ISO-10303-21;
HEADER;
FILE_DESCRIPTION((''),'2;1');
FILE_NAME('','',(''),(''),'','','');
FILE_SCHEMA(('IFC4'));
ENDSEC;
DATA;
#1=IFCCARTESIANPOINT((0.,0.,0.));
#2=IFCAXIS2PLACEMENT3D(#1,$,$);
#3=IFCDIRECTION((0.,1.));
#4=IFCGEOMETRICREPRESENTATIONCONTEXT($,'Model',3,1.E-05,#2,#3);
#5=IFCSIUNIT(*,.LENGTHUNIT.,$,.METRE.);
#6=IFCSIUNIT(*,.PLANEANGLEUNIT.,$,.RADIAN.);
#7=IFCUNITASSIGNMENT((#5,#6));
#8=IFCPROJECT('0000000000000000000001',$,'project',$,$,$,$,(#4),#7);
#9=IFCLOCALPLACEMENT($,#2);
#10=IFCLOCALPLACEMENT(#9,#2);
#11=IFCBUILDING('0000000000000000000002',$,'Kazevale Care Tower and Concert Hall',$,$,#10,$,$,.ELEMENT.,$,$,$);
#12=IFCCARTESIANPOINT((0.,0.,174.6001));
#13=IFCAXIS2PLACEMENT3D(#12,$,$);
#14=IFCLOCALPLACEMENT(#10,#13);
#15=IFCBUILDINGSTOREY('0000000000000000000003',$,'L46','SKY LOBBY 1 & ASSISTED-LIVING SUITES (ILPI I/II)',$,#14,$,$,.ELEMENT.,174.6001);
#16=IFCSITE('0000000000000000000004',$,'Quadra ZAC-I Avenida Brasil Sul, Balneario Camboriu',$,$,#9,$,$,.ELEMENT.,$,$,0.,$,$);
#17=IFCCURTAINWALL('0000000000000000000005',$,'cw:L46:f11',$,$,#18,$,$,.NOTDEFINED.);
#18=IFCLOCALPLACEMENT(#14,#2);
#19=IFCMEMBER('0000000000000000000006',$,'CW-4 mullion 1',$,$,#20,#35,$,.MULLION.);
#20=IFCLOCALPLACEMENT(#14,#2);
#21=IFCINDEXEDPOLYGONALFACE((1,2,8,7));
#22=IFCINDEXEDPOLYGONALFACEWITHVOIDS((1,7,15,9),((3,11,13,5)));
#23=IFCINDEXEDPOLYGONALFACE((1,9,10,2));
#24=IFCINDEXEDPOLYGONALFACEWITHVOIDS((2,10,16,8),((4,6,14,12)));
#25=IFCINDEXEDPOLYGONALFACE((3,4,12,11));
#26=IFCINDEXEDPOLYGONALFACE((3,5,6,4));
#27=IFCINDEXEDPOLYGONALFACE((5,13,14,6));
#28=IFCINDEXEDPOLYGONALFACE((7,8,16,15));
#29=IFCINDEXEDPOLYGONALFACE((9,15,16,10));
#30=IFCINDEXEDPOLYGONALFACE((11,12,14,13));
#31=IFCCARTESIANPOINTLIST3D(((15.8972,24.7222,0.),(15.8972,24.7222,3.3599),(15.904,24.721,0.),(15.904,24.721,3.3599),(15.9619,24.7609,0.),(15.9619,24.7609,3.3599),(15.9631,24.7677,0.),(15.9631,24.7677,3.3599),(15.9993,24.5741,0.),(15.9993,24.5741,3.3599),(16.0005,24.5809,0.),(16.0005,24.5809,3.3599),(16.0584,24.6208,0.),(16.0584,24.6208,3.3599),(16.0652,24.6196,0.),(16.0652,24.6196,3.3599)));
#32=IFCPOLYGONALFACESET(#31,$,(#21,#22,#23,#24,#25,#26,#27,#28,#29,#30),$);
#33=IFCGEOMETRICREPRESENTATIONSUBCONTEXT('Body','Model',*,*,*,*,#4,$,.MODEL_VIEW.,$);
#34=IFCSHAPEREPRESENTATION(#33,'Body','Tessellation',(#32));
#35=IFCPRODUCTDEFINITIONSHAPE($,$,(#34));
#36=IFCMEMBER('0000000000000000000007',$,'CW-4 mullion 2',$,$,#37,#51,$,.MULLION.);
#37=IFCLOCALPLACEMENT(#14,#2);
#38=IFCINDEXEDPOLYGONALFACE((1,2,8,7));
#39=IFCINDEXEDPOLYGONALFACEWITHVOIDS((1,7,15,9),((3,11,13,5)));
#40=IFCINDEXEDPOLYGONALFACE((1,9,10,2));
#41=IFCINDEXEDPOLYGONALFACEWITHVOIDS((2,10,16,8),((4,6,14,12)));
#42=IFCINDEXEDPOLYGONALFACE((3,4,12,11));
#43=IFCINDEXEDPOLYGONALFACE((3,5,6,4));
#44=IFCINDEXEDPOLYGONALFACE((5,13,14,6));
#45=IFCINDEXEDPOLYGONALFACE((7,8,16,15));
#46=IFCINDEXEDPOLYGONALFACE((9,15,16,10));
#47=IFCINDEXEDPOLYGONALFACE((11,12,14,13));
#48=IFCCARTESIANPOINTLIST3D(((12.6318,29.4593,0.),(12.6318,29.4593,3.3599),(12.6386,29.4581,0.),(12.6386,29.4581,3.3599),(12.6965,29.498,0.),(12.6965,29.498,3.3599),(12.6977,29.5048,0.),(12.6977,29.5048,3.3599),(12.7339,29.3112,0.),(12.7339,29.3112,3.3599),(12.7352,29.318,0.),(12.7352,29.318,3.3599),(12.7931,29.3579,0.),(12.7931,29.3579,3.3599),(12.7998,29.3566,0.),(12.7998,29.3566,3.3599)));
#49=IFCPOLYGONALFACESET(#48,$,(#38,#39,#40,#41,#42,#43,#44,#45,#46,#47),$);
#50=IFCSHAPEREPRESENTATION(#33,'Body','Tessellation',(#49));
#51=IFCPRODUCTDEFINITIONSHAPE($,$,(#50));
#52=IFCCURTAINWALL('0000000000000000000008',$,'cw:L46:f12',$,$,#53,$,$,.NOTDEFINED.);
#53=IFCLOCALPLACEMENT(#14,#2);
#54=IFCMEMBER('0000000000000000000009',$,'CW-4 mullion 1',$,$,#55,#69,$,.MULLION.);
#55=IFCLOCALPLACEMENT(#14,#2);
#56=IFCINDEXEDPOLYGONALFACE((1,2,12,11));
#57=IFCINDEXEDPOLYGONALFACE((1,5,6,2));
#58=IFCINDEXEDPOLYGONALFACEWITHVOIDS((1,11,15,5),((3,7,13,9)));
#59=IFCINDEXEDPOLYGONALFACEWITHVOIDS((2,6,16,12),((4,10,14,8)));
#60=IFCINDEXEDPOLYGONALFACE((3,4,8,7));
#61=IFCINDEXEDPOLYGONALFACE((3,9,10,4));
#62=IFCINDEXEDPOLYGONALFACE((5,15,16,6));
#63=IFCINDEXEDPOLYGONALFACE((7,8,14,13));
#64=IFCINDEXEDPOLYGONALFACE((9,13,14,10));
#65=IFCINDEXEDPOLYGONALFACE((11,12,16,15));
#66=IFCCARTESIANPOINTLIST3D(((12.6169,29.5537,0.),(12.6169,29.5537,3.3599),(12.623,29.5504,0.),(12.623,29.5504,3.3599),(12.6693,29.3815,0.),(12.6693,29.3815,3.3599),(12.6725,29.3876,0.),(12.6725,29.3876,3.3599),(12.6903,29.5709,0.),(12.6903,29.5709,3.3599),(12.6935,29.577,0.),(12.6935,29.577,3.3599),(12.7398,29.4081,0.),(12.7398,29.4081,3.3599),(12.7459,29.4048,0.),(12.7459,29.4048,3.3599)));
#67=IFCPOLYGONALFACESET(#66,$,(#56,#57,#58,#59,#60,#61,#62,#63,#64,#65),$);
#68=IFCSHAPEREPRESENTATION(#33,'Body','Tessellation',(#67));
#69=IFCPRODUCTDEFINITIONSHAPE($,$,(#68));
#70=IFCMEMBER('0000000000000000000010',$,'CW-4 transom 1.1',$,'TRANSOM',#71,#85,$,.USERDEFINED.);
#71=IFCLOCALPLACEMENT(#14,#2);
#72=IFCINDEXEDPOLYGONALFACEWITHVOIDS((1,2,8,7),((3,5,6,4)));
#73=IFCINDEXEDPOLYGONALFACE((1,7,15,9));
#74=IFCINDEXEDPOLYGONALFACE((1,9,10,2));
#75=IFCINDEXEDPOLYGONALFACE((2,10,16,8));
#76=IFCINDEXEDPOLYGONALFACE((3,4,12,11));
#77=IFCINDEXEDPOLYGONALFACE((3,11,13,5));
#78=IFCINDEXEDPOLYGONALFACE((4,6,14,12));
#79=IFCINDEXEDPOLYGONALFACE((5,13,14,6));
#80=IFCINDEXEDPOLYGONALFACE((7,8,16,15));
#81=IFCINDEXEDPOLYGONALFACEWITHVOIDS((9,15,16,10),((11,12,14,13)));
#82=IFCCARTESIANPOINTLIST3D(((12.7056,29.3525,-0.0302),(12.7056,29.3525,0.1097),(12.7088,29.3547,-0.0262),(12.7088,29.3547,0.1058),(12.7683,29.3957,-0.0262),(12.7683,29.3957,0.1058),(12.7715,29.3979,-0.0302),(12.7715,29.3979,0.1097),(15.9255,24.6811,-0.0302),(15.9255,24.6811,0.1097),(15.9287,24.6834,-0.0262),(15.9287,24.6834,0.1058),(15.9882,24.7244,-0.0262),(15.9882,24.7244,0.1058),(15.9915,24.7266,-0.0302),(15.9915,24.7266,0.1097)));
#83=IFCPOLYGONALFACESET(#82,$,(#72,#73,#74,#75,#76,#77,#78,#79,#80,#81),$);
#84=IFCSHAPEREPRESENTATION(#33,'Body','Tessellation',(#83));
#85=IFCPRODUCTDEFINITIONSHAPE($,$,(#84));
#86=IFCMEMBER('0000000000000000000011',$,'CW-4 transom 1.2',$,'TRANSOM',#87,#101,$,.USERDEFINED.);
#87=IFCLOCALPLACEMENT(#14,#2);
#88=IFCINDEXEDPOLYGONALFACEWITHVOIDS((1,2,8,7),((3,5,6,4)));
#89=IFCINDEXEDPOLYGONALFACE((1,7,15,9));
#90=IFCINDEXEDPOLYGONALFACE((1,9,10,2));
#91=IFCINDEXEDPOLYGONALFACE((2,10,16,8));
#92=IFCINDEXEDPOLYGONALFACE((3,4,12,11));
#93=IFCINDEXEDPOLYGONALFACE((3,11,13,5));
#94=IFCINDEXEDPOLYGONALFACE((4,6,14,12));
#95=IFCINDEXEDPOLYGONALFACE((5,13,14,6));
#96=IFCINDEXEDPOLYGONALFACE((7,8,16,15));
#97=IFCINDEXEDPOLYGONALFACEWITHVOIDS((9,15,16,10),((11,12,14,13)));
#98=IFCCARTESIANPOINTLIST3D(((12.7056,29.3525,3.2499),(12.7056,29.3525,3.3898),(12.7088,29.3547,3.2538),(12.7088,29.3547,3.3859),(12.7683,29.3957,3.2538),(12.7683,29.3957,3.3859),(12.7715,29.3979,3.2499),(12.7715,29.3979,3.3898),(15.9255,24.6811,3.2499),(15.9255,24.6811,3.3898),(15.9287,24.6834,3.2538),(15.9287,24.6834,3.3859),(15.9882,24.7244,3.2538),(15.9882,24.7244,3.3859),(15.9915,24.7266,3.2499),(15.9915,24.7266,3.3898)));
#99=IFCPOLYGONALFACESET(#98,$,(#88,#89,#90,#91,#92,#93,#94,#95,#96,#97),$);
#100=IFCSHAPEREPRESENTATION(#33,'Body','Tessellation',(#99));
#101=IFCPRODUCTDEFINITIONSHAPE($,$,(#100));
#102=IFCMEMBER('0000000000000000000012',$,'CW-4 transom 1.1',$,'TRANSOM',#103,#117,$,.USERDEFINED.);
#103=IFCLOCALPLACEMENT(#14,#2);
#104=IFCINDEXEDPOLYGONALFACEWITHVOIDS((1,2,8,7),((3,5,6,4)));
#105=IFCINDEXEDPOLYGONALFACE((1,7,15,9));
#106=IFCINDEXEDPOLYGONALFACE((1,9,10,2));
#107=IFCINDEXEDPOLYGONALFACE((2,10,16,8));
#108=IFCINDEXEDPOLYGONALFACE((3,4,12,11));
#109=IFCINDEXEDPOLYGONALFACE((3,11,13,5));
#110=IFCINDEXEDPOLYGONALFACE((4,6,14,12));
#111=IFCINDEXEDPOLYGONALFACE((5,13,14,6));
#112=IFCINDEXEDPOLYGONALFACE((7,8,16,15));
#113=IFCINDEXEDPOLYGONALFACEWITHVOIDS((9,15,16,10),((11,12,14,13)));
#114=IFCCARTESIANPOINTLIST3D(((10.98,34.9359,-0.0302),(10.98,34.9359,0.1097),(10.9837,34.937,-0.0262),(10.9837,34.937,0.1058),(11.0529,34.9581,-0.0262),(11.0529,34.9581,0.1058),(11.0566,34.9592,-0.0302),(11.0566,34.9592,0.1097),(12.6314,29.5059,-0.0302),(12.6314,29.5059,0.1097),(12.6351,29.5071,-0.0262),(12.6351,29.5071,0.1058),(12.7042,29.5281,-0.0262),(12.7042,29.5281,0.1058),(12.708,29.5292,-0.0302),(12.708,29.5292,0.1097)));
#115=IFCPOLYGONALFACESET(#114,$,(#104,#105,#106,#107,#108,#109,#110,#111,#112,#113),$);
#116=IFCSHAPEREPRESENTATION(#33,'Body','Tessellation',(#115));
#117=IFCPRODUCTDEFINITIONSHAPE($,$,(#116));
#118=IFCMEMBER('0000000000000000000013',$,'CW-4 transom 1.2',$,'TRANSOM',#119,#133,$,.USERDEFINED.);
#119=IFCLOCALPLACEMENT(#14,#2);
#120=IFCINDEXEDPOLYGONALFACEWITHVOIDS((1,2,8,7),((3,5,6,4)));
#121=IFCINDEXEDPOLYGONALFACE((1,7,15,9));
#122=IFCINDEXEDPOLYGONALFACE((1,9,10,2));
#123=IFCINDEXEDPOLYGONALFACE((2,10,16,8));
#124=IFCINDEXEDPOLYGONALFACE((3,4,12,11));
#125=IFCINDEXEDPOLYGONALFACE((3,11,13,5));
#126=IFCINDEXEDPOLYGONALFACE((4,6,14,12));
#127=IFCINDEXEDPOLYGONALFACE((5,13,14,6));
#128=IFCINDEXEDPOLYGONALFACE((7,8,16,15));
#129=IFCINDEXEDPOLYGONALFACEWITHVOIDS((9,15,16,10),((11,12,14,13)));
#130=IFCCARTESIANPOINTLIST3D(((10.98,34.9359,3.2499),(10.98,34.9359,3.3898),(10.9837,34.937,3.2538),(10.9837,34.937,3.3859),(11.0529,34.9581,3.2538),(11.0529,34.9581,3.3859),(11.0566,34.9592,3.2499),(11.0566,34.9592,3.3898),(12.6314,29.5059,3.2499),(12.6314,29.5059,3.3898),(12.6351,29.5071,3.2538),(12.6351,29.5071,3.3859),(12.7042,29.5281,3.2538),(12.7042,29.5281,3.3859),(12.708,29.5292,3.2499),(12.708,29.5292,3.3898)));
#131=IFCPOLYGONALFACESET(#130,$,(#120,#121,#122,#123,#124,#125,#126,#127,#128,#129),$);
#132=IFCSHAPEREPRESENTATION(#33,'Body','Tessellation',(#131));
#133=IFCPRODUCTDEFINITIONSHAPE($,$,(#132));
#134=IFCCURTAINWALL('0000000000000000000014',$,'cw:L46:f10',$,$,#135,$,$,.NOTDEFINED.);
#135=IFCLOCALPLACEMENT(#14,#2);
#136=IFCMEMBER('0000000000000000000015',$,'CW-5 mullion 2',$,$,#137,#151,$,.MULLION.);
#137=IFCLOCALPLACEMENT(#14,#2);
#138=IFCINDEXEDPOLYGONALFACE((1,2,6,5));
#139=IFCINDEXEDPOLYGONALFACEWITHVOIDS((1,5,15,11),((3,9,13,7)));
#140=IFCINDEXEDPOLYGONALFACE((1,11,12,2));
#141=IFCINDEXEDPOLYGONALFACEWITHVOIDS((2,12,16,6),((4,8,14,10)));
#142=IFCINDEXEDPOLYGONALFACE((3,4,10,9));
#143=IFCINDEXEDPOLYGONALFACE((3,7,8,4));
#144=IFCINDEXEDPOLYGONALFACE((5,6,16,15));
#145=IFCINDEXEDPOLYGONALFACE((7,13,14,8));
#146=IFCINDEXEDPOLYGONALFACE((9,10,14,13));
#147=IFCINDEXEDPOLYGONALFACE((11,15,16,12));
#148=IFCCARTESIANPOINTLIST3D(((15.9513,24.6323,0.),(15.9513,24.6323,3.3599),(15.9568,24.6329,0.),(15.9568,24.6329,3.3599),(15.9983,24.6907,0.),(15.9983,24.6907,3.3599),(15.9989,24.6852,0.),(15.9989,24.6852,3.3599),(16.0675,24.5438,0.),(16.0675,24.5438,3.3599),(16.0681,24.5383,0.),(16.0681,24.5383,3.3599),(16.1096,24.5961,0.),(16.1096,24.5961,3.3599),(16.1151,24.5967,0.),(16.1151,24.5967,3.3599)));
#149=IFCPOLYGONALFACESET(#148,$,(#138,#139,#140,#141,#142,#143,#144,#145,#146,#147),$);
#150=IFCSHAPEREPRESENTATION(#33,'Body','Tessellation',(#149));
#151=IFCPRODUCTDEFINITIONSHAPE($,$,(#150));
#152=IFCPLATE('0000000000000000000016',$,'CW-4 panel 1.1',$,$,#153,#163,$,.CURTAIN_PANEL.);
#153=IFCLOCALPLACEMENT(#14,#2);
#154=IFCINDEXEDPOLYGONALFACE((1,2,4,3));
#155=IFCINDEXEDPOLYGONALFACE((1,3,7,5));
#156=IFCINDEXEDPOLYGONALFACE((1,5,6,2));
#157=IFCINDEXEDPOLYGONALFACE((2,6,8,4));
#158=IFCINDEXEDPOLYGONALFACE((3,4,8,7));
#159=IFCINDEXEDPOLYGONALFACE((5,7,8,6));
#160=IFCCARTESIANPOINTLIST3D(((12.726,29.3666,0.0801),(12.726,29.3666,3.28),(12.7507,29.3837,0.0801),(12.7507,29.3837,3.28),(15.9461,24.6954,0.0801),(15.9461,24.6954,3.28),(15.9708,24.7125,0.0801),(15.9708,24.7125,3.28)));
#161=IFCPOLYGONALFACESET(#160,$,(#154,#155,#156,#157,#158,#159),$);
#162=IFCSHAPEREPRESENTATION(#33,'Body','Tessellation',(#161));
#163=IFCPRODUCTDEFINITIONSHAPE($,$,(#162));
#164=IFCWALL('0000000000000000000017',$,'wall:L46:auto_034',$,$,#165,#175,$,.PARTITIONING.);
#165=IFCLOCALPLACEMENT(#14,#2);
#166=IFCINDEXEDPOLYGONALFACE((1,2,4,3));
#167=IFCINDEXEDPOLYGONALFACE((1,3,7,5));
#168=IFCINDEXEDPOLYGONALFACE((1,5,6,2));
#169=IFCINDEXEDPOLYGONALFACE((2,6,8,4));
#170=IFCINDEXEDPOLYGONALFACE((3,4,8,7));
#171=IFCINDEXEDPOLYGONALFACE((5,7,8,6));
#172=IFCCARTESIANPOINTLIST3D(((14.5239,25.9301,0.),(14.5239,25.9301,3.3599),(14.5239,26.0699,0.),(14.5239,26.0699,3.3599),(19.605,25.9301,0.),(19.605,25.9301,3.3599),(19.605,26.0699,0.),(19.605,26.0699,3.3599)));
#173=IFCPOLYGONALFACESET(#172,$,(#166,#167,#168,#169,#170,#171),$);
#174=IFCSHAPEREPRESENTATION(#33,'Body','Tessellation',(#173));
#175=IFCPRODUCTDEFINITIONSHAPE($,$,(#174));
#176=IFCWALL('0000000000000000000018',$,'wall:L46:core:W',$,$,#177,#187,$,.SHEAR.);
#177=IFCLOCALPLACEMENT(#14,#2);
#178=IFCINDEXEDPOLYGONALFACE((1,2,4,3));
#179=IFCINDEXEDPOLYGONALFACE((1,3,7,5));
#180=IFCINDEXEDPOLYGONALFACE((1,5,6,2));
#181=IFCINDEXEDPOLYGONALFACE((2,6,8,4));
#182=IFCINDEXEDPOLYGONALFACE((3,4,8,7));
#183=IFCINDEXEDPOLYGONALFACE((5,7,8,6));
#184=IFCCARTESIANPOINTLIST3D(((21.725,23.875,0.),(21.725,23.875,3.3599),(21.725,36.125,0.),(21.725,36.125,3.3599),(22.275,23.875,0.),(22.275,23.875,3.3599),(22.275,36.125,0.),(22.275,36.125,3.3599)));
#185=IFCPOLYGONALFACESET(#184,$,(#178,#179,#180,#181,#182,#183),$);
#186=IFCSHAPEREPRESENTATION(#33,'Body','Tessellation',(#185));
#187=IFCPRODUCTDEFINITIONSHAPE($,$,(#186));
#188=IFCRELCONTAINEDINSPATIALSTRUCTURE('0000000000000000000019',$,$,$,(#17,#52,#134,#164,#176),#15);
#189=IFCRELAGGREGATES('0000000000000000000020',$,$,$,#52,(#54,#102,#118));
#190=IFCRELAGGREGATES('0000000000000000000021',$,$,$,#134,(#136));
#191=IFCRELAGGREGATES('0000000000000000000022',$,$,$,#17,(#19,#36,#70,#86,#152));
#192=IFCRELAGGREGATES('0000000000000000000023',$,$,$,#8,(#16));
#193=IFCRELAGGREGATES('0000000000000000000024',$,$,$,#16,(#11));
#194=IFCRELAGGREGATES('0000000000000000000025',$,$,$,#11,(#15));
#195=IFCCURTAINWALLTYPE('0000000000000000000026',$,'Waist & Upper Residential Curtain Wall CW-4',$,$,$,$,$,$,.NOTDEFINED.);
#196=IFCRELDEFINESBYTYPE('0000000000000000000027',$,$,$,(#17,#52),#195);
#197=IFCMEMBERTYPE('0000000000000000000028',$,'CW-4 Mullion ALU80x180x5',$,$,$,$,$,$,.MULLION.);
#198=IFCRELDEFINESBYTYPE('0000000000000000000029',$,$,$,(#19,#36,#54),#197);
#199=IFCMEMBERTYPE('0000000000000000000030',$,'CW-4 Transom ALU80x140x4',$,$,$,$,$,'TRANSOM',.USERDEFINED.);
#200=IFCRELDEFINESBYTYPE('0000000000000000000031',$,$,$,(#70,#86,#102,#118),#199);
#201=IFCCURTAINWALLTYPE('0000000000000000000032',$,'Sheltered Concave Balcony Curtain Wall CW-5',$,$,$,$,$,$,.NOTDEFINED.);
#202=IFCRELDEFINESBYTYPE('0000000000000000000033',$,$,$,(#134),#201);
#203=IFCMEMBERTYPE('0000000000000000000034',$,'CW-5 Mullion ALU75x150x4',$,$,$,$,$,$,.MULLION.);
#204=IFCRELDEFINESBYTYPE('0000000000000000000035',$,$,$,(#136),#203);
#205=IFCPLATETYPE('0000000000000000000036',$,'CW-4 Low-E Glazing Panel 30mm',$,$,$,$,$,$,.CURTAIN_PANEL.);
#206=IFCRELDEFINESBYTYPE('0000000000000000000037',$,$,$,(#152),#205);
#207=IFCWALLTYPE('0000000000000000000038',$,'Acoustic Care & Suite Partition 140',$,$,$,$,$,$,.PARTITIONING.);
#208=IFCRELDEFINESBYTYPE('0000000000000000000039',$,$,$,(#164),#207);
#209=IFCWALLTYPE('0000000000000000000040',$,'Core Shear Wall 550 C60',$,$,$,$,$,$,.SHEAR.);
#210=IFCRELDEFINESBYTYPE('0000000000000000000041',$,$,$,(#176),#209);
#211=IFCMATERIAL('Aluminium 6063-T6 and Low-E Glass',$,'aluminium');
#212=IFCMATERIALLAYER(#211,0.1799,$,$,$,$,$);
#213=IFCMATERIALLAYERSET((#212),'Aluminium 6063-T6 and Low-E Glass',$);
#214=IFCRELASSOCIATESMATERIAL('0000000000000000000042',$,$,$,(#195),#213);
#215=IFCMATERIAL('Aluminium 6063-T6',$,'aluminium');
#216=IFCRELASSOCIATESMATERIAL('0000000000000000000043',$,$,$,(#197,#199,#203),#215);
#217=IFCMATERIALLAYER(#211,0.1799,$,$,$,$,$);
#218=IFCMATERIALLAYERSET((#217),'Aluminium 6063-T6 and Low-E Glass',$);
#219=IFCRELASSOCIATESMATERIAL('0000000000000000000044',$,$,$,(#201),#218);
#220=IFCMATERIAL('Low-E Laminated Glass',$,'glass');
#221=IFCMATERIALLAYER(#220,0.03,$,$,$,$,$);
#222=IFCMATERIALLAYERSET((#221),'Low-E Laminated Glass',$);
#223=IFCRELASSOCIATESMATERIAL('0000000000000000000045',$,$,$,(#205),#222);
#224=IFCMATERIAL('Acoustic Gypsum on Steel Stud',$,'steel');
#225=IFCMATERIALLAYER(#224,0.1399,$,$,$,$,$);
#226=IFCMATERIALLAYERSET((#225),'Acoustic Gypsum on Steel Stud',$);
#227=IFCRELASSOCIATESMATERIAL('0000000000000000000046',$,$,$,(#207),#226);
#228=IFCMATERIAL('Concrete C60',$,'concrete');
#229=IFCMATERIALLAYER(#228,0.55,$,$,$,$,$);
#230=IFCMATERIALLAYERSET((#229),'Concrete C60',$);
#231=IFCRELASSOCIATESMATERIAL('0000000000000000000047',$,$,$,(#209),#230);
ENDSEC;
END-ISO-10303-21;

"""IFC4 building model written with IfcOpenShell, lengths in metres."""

from ifc_helpers import new_model, si_unit, direction, frame, frame_2d, origin, origin_2d, place, context, subcontext, project, spatial, rectangle, hollow_rectangle, extrude, material, layer, layer_set, material_profile, profile_set, type_object, element, aggregate, save


model = new_model("IFC4")

# Units and contexts
model_context = context("Model", 3, precision=1e-05, world=origin(), true_north=direction((0.0, 1.0)))
body_context = subcontext(model_context, "Body", "Model", "MODEL_VIEW")
ifc_project = project(units=[si_unit("LENGTHUNIT", "METRE"), si_unit("PLANEANGLEUNIT", "RADIAN")], contexts=[model_context])

# Site, building, storey
site_placement = place(None, origin())
site = spatial("IfcSite", under=ifc_project, at=site_placement, Name="Quadra ZAC-I Avenida Brasil Sul, Balneario Camboriu", CompositionType="ELEMENT", RefElevation=0.0)
building_placement = place(site_placement, origin())
building = spatial("IfcBuilding", under=site, at=building_placement, Name="Kazevale Care Tower and Concert Hall", CompositionType="ELEMENT")
storey_placement = place(building_placement, frame((0.0, 0.0, 174.6001)))
storey = spatial("IfcBuildingStorey", under=building, at=storey_placement, Name="L46", Description="SKY LOBBY 1 & ASSISTED-LIVING SUITES (ILPI I/II)", CompositionType="ELEMENT", Elevation=174.6001)

# Curtain wall, members
ifc_material_1 = material(Name="Aluminium 6063-T6 and Low-E Glass", Category="aluminium")
ifc_layer_1 = layer(ifc_material_1, 0.1799)
ifc_layer_set_1 = layer_set([ifc_layer_1], Name="Aluminium 6063-T6 and Low-E Glass")
curtain_wall_type_1 = type_object("IfcCurtainWallType", Name="Waist & Upper Residential Curtain Wall CW-4", PredefinedType="NOTDEFINED", material=ifc_layer_set_1)
curtain_wall_1_placement = place(storey_placement, origin())
curtain_wall_1 = element("IfcCurtainWall", 1, at=curtain_wall_1_placement, inside=storey, type_object=curtain_wall_type_1, Name="cw:L46:f11", PredefinedType="NOTDEFINED")
ifc_material_2 = material(Name="Aluminium 6063-T6", Category="aluminium")
ifc_material_profile_1 = material_profile(ifc_material_2, hollow_rectangle(XDim=0.0801, YDim=0.1799, WallThickness=0.0049, at=origin_2d()), Name="ALU80x180x5")
ifc_profile_set_1 = profile_set([ifc_material_profile_1], Name="Aluminium 6063-T6")
member_type_1 = type_object("IfcMemberType", Name="CW-4 Mullion ALU80x180x5", PredefinedType="MULLION", material=ifc_profile_set_1)
member_1_placement = place(storey_placement, frame((15.9812, 24.6709, 0.0), z_axis=(0.0, 0.0, 1.0), x_axis=(-0.823326, -0.567569, 0.0)))
member_1 = element("IfcMember", 2, at=member_1_placement, type_object=member_type_1, Name="CW-4 mullion 1", PredefinedType="MULLION", context=body_context, shape_type="SweptSolid", body=[
    extrude(hollow_rectangle(XDim=0.0801, YDim=0.1799, WallThickness=0.0049, at=origin_2d()), origin(), (0.0, 0.0, 1.0), 3.3599),
])
member_2_placement = place(storey_placement, frame((12.7158, 29.408, 0.0), z_axis=(0.0, 0.0, 1.0), x_axis=(-0.823326, -0.567569, 0.0)))
member_2 = element("IfcMember", 3, at=member_2_placement, type_object=member_type_1, Name="CW-4 mullion 2", PredefinedType="MULLION", context=body_context, shape_type="SweptSolid", body=[
    extrude(hollow_rectangle(XDim=0.0801, YDim=0.1799, WallThickness=0.0049, at=origin_2d()), origin(), (0.0, 0.0, 1.0), 3.3599),
])

# Curtain wall, member
curtain_wall_2_placement = place(storey_placement, origin())
curtain_wall_2 = element("IfcCurtainWall", 4, at=curtain_wall_2_placement, inside=storey, type_object=curtain_wall_type_1, Name="cw:L46:f12", PredefinedType="NOTDEFINED")
member_3_placement = place(storey_placement, frame((12.6814, 29.4792, 0.0), z_axis=(0.0, 0.0, 1.0), x_axis=(-0.95673, -0.290977, 0.0)))
member_3 = element("IfcMember", 5, at=member_3_placement, type_object=member_type_1, Name="CW-4 mullion 1", PredefinedType="MULLION", context=body_context, shape_type="SweptSolid", body=[
    extrude(hollow_rectangle(XDim=0.0801, YDim=0.1799, WallThickness=0.0049, at=origin_2d()), origin(), (0.0, 0.0, 1.0), 3.3599),
])

# Members
ifc_material_profile_2 = material_profile(ifc_material_2, hollow_rectangle(XDim=0.0801, YDim=0.1399, WallThickness=0.0039, at=origin_2d()), Name="ALU80x140x4")
ifc_profile_set_2 = profile_set([ifc_material_profile_2], Name="Aluminium 6063-T6")
member_type_2 = type_object("IfcMemberType", Name="CW-4 Transom ALU80x140x4", ElementType="TRANSOM", PredefinedType="USERDEFINED", material=ifc_profile_set_2)
member_4_placement = place(storey_placement, frame((15.9585, 24.7039, 0.0398), z_axis=(-0.567533, 0.823351, 0.0), x_axis=(-0.823351, -0.567533, 0.0)))
member_4 = element("IfcMember", 6, at=member_4_placement, type_object=member_type_2, Name="CW-4 transom 1.1", ObjectType="TRANSOM", PredefinedType="USERDEFINED", context=body_context, shape_type="SweptSolid", body=[
    extrude(hollow_rectangle(XDim=0.0801, YDim=0.1399, WallThickness=0.0039, at=origin_2d()), origin(), (0.0, 0.0, 1.0), 5.6736),
])
member_5_placement = place(storey_placement, frame((15.9585, 24.7039, 3.3198), z_axis=(-0.567533, 0.823351, 0.0), x_axis=(-0.823351, -0.567533, 0.0)))
member_5 = element("IfcMember", 7, at=member_5_placement, type_object=member_type_2, Name="CW-4 transom 1.2", ObjectType="TRANSOM", PredefinedType="USERDEFINED", context=body_context, shape_type="SweptSolid", body=[
    extrude(hollow_rectangle(XDim=0.0801, YDim=0.1399, WallThickness=0.0039, at=origin_2d()), origin(), (0.0, 0.0, 1.0), 5.6736),
])
member_6_placement = place(storey_placement, frame((12.6697, 29.5176, 0.0398), z_axis=(-0.290965, 0.956734, 0.0), x_axis=(-0.956734, -0.290965, 0.0)))
member_6 = element("IfcMember", 8, at=member_6_placement, type_object=member_type_2, Name="CW-4 transom 1.1", ObjectType="TRANSOM", PredefinedType="USERDEFINED", context=body_context, shape_type="SweptSolid", body=[
    extrude(hollow_rectangle(XDim=0.0801, YDim=0.1399, WallThickness=0.0039, at=origin_2d()), origin(), (0.0, 0.0, 1.0), 5.6755),
])
member_7_placement = place(storey_placement, frame((12.6697, 29.5176, 3.3198), z_axis=(-0.290965, 0.956734, 0.0), x_axis=(-0.956734, -0.290965, 0.0)))
member_7 = element("IfcMember", 9, at=member_7_placement, type_object=member_type_2, Name="CW-4 transom 1.2", ObjectType="TRANSOM", PredefinedType="USERDEFINED", context=body_context, shape_type="SweptSolid", body=[
    extrude(hollow_rectangle(XDim=0.0801, YDim=0.1399, WallThickness=0.0039, at=origin_2d()), origin(), (0.0, 0.0, 1.0), 5.6755),
])
aggregate(curtain_wall_2, [member_3, member_6, member_7])

# Curtain wall, member
ifc_layer_2 = layer(ifc_material_1, 0.1799)
ifc_layer_set_2 = layer_set([ifc_layer_2], Name="Aluminium 6063-T6 and Low-E Glass")
curtain_wall_type_2 = type_object("IfcCurtainWallType", Name="Sheltered Concave Balcony Curtain Wall CW-5", PredefinedType="NOTDEFINED", material=ifc_layer_set_2)
curtain_wall_3_placement = place(storey_placement, origin())
curtain_wall_3 = element("IfcCurtainWall", 10, at=curtain_wall_3_placement, inside=storey, type_object=curtain_wall_type_2, Name="cw:L46:f10", PredefinedType="NOTDEFINED")
ifc_material_profile_3 = material_profile(ifc_material_2, hollow_rectangle(XDim=0.075, YDim=0.1499, WallThickness=0.0039, at=origin_2d()), Name="ALU75x150x4")
ifc_profile_set_3 = profile_set([ifc_material_profile_3], Name="Aluminium 6063-T6")
member_type_3 = type_object("IfcMemberType", Name="CW-5 Mullion ALU75x150x4", PredefinedType="MULLION", material=ifc_profile_set_3)
member_8_placement = place(storey_placement, frame((16.0332, 24.6145, 0.0), z_axis=(0.0, 0.0, 1.0), x_axis=(-0.626905, -0.779095, 0.0)))
member_8 = element("IfcMember", 11, at=member_8_placement, type_object=member_type_3, Name="CW-5 mullion 2", PredefinedType="MULLION", context=body_context, shape_type="SweptSolid", body=[
    extrude(hollow_rectangle(XDim=0.075, YDim=0.1499, WallThickness=0.0039, at=origin_2d()), origin(), (0.0, 0.0, 1.0), 3.3599),
])
aggregate(curtain_wall_3, [member_8])

# Plate
ifc_material_3 = material(Name="Low-E Laminated Glass", Category="glass")
ifc_layer_3 = layer(ifc_material_3, 0.03)
ifc_layer_set_3 = layer_set([ifc_layer_3], Name="Low-E Laminated Glass")
plate_type = type_object("IfcPlateType", Name="CW-4 Low-E Glazing Panel 30mm", PredefinedType="CURTAIN_PANEL", material=ifc_layer_set_3)
plate_placement = place(storey_placement, frame((14.3484, 27.0396, 0.0801), z_axis=(0.0, 0.0, 1.0), x_axis=(-0.567569, 0.823326, 0.0)))
plate = element("IfcPlate", 12, at=plate_placement, type_object=plate_type, Name="CW-4 panel 1.1", PredefinedType="CURTAIN_PANEL", context=body_context, shape_type="SweptSolid", body=[
    extrude(rectangle(XDim=5.6736, YDim=0.03, at=origin_2d()), origin(), (0.0, 0.0, 1.0), 3.2),
])
aggregate(curtain_wall_1, [member_1, member_2, member_4, member_5, plate])

# Walls
ifc_material_4 = material(Name="Acoustic Gypsum on Steel Stud", Category="steel")
ifc_layer_4 = layer(ifc_material_4, 0.1399)
ifc_layer_set_4 = layer_set([ifc_layer_4], Name="Acoustic Gypsum on Steel Stud")
wall_type_1 = type_object("IfcWallType", Name="Acoustic Care & Suite Partition 140", PredefinedType="PARTITIONING", material=ifc_layer_set_4)
wall_1_placement = place(storey_placement, frame((14.5239, 26.0, 0.0), z_axis=(0.0, 0.0, 1.0), x_axis=(1.0, 0.0, 0.0)))
element("IfcWall", 13, at=wall_1_placement, inside=storey, type_object=wall_type_1, Name="wall:L46:auto_034", PredefinedType="PARTITIONING", context=body_context, shape_type="SweptSolid", body=[
    extrude(rectangle(XDim=5.0811, YDim=0.1399, at=frame_2d((2.5405, 0.0))), origin(), (0.0, 0.0, 1.0), 3.3599),
])
ifc_material_5 = material(Name="Concrete C60", Category="concrete")
ifc_layer_5 = layer(ifc_material_5, 0.55)
ifc_layer_set_5 = layer_set([ifc_layer_5], Name="Concrete C60")
wall_type_2 = type_object("IfcWallType", Name="Core Shear Wall 550 C60", PredefinedType="SHEAR", material=ifc_layer_set_5)
wall_2_placement = place(storey_placement, frame((22.0, 23.875, 0.0), z_axis=(0.0, 0.0, 1.0), x_axis=(0.0, 1.0, 0.0)))
element("IfcWall", 14, at=wall_2_placement, inside=storey, type_object=wall_type_2, Name="wall:L46:core:W", PredefinedType="SHEAR", context=body_context, shape_type="SweptSolid", body=[
    extrude(rectangle(XDim=12.25, YDim=0.55, at=frame_2d((6.125, 0.0))), origin(), (0.0, 0.0, 1.0), 3.3599),
])

save(model, "model.ifc")
